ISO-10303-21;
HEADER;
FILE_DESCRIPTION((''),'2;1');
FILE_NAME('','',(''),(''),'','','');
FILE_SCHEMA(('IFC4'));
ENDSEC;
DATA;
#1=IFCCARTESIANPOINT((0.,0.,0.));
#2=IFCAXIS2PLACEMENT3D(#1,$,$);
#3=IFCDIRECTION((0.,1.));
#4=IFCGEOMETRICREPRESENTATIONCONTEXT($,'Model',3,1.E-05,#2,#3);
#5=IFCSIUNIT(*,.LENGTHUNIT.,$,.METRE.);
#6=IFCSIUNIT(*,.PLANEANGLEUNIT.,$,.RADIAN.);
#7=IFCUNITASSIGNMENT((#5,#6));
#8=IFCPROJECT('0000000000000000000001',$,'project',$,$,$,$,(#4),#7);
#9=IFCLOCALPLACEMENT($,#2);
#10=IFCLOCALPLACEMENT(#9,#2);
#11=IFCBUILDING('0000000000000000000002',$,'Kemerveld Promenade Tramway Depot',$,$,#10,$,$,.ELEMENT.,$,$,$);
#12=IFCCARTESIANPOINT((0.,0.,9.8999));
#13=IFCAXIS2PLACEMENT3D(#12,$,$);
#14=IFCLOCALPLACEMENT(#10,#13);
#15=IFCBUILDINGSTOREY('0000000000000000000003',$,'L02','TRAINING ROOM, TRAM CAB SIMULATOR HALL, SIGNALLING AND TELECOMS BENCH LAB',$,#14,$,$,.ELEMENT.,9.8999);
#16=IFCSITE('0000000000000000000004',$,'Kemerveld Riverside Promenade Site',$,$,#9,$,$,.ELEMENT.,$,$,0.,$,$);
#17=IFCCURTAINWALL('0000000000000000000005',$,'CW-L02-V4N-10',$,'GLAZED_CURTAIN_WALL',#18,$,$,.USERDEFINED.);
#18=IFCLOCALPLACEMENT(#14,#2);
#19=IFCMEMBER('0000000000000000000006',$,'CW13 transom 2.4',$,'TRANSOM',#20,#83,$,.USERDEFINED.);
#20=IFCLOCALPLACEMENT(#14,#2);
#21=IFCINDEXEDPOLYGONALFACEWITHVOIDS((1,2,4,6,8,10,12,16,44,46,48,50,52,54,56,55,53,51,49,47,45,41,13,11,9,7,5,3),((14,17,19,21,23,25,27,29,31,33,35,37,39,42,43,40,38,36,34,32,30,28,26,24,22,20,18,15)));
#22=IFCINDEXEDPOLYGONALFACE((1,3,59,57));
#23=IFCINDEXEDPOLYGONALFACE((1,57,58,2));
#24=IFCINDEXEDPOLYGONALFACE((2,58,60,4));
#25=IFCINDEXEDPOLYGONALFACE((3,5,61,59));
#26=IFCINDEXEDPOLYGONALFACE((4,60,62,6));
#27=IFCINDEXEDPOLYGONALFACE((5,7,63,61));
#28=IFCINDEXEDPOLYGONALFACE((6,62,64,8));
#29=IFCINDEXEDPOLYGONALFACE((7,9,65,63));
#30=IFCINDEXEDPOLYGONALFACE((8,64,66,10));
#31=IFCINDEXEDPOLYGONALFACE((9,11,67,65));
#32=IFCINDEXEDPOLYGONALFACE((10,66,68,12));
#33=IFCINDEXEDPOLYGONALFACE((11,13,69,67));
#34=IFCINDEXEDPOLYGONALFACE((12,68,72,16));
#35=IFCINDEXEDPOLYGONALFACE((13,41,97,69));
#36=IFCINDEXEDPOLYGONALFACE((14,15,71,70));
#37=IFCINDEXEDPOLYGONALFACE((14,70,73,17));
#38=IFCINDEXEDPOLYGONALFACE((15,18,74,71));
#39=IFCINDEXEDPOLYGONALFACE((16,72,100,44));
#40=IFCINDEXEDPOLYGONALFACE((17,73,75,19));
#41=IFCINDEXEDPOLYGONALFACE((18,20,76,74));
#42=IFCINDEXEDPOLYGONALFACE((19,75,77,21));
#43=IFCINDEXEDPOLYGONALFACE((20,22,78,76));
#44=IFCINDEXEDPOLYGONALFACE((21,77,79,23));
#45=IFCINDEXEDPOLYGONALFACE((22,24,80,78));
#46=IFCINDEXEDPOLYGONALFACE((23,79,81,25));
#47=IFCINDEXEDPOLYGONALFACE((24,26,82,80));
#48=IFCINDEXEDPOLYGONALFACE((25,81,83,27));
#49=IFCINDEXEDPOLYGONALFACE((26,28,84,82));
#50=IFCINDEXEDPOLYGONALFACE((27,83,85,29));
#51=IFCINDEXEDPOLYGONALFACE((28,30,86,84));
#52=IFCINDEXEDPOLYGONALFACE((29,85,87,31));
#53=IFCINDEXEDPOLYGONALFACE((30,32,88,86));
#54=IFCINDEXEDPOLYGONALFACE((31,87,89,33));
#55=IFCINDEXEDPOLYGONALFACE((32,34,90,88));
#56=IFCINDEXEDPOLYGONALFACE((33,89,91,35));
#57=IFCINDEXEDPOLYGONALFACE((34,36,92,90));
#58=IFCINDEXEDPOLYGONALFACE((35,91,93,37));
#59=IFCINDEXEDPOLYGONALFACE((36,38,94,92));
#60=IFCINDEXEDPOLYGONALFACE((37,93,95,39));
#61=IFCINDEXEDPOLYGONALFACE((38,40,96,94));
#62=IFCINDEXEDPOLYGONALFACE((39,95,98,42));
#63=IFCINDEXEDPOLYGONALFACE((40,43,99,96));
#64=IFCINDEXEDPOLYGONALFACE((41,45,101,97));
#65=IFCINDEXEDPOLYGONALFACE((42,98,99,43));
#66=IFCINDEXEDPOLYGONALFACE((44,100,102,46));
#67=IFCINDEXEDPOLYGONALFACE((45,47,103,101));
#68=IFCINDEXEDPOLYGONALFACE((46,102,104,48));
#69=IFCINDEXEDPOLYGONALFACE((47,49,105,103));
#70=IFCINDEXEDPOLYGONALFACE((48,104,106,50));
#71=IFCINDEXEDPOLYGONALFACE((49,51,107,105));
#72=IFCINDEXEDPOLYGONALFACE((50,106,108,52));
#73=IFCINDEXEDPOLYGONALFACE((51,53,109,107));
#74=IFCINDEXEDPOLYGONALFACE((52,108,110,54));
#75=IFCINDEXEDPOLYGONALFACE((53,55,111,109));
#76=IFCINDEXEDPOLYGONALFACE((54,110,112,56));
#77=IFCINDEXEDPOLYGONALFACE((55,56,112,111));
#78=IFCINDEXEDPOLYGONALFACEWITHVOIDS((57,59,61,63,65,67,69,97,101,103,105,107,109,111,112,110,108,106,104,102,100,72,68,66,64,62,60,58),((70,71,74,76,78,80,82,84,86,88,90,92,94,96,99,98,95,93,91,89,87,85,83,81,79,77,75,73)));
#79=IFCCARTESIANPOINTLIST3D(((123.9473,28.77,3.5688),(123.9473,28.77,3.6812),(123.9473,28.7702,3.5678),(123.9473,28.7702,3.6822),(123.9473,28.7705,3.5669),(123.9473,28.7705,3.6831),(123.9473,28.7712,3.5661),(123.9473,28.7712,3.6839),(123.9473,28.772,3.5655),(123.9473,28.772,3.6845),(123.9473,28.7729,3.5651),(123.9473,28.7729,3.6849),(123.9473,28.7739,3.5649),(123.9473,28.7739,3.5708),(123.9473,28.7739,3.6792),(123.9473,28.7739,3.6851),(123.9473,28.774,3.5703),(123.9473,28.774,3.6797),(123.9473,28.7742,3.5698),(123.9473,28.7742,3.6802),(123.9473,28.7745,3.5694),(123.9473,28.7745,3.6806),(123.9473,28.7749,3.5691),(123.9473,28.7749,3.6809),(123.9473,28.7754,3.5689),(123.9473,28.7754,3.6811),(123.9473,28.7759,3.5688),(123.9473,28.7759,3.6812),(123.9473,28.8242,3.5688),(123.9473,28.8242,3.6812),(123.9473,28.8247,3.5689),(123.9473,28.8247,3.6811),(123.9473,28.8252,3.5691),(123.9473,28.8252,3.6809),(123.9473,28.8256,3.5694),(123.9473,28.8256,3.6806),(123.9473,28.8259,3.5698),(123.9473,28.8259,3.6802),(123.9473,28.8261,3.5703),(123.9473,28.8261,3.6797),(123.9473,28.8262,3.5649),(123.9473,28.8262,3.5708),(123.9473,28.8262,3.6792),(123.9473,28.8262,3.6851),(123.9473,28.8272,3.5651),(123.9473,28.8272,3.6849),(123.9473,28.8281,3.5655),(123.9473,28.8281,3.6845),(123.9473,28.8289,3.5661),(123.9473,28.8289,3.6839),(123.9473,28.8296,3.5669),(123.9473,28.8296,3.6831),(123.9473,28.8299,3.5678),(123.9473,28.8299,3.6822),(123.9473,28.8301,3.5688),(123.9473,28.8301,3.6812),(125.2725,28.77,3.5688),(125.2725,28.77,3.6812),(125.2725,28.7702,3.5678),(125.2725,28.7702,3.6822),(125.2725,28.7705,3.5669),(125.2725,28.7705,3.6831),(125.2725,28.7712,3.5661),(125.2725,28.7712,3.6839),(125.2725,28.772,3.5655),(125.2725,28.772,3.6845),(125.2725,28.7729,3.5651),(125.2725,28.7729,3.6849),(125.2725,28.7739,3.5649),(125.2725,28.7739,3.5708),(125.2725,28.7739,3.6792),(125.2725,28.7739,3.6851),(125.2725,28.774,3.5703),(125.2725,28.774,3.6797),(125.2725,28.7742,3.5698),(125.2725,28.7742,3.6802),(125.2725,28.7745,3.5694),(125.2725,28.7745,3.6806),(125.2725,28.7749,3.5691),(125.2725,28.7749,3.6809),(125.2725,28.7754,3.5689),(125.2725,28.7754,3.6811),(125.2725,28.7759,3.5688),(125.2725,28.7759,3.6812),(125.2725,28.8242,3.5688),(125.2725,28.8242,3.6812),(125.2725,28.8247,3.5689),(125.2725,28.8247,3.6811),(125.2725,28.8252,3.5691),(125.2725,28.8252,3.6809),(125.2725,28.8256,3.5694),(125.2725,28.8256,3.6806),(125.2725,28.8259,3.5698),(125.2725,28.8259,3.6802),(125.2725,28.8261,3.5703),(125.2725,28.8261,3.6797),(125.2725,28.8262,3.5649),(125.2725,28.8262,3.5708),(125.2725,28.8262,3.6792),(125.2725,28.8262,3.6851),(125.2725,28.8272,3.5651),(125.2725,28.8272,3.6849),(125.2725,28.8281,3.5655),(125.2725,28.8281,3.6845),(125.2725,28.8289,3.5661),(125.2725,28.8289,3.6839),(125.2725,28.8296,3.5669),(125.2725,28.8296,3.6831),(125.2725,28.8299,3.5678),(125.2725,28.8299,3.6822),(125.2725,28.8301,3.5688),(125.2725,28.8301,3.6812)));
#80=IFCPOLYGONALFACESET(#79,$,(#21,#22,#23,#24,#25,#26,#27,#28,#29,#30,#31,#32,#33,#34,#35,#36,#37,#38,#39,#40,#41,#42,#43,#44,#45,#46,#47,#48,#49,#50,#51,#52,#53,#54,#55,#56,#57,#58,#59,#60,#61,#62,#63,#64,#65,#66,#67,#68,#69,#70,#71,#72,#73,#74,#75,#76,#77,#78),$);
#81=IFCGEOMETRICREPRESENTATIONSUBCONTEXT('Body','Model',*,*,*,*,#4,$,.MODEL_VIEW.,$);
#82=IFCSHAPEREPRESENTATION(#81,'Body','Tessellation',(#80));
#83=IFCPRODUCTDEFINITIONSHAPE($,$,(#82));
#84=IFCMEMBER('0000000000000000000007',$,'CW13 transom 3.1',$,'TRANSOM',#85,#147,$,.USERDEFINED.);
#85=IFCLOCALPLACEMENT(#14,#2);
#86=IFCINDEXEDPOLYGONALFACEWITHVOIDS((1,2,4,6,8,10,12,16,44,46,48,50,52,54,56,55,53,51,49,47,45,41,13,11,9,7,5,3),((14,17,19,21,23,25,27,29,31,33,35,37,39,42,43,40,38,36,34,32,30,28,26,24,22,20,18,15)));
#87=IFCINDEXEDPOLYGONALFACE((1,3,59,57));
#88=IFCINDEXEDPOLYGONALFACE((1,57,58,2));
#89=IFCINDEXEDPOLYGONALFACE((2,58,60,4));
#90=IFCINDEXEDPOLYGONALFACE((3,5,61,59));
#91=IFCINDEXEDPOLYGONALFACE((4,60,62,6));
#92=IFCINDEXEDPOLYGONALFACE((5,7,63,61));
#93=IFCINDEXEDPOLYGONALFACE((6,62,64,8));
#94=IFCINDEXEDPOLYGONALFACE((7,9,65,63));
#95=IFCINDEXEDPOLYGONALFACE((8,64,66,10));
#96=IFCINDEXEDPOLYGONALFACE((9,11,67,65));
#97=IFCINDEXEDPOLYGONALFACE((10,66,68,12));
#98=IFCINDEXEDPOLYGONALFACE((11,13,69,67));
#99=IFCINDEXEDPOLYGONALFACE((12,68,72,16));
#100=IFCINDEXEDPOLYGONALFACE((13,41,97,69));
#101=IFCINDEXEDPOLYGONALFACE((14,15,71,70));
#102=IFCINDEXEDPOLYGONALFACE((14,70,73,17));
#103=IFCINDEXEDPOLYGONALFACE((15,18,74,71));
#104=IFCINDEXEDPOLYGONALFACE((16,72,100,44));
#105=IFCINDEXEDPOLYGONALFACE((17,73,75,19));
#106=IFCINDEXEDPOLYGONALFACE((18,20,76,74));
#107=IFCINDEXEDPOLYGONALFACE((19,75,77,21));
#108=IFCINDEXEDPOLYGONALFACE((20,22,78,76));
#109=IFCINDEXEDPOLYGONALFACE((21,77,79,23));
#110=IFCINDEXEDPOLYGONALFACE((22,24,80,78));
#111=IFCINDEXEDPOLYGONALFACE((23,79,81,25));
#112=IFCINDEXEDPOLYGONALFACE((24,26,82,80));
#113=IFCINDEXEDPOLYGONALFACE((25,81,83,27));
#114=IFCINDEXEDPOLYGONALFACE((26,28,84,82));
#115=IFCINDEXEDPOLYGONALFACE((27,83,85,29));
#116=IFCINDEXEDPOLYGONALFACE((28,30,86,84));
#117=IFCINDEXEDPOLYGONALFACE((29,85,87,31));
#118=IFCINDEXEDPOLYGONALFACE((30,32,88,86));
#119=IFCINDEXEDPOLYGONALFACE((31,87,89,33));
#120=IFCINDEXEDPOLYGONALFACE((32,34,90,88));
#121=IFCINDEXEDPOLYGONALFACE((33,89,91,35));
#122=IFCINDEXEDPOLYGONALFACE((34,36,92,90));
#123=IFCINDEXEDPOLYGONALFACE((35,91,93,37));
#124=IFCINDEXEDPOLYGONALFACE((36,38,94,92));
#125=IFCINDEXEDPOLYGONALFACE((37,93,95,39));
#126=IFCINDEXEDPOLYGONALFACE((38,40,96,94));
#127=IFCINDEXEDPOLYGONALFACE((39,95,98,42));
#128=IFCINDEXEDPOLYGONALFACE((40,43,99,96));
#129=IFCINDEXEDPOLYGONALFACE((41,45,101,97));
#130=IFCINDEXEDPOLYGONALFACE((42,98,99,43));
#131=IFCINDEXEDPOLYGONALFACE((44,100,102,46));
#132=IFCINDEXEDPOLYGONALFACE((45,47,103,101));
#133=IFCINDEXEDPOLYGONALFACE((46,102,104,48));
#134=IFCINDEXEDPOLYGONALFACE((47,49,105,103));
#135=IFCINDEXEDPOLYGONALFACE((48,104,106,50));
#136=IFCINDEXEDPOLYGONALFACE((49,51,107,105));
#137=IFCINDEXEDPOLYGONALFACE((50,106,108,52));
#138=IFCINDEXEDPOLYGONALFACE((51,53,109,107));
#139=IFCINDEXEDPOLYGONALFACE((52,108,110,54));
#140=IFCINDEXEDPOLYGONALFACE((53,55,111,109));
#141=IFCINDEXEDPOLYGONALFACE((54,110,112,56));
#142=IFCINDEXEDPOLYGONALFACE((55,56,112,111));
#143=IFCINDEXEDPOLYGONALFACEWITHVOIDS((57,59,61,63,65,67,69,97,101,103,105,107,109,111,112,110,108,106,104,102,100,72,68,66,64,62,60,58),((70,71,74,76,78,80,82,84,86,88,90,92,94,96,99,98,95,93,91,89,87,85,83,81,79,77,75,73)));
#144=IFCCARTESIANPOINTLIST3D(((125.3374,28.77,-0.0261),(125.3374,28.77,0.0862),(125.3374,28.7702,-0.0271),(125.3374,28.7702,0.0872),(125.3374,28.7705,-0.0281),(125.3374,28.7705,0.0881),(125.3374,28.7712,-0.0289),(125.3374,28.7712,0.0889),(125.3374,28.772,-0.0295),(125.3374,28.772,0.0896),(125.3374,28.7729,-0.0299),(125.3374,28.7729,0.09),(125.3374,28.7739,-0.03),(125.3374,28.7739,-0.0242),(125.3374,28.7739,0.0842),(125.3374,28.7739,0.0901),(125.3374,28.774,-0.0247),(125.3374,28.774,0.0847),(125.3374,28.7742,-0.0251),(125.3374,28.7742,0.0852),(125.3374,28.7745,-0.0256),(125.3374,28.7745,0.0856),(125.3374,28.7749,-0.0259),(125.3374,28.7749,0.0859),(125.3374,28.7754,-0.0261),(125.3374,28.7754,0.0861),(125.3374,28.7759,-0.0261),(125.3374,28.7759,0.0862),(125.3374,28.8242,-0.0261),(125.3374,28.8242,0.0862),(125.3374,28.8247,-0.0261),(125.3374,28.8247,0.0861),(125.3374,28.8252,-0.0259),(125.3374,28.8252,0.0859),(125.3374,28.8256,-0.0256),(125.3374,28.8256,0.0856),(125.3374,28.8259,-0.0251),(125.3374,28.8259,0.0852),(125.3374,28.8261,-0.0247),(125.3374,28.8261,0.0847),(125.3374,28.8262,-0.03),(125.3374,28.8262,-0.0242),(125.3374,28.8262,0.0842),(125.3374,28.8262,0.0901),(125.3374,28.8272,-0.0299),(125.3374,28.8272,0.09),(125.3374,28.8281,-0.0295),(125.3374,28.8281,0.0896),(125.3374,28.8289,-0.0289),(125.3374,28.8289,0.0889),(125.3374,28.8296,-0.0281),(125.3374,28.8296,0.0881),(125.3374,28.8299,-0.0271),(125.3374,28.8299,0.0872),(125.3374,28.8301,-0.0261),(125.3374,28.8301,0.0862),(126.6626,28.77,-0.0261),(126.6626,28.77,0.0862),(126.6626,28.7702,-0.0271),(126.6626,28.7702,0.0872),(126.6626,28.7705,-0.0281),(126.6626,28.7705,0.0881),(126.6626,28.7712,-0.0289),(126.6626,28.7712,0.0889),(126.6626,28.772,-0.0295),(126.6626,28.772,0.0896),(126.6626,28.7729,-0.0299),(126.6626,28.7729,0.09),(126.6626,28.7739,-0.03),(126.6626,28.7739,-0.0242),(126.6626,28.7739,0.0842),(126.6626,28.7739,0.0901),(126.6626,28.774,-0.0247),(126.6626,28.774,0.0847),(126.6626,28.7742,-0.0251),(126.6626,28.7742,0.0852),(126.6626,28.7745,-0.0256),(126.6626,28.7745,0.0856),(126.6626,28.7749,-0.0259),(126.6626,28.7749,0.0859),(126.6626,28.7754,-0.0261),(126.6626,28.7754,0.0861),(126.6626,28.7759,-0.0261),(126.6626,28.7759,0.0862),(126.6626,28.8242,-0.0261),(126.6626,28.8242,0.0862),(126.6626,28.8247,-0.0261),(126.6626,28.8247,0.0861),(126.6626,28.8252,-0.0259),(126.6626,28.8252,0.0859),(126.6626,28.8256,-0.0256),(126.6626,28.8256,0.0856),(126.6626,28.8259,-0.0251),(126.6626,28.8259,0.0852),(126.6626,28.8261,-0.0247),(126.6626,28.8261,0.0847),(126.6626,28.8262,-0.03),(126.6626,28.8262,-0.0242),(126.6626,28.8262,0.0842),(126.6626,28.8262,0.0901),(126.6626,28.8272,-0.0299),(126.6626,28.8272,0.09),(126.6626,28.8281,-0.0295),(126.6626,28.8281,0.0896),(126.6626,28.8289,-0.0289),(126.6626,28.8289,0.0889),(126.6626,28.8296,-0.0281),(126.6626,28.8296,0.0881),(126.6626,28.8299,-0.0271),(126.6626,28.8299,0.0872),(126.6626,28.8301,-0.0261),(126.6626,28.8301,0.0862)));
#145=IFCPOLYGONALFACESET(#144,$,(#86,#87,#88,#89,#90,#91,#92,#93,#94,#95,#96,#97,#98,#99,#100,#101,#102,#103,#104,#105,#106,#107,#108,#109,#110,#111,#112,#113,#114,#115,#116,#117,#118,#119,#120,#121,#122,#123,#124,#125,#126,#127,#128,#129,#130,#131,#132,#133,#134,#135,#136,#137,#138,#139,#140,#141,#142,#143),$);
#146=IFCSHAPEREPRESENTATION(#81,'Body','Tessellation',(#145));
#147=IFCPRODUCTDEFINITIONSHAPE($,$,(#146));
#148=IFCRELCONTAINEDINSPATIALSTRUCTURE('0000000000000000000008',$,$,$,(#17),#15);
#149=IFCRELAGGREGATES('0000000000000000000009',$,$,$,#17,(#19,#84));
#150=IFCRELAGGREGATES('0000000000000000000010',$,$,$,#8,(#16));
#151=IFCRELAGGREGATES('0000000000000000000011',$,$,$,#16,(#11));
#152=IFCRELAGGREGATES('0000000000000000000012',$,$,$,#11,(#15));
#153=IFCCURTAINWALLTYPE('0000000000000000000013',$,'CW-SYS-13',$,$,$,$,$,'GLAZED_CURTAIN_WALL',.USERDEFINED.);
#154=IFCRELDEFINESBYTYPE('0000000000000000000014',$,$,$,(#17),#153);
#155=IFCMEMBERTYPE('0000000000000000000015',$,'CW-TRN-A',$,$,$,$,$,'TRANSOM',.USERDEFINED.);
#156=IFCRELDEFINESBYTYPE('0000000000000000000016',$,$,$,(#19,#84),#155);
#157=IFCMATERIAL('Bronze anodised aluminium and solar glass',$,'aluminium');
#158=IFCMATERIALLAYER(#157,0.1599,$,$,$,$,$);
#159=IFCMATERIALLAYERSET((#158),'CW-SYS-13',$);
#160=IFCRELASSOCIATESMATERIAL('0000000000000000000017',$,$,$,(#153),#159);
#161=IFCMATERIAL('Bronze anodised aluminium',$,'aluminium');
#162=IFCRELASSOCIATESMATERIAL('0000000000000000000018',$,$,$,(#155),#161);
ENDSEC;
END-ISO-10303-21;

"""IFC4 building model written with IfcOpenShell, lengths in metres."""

from ifc_helpers import new_model, si_unit, direction, frame, origin, origin_2d, place, context, subcontext, project, spatial, hollow_rectangle, extrude, material, layer, layer_set, material_profile, profile_set, type_object, element, aggregate, save


model = new_model("IFC4")

# Units and contexts
model_context = context("Model", 3, precision=1e-05, world=origin(), true_north=direction((0.0, 1.0)))
body_context = subcontext(model_context, "Body", "Model", "MODEL_VIEW")
ifc_project = project(units=[si_unit("LENGTHUNIT", "METRE"), si_unit("PLANEANGLEUNIT", "RADIAN")], contexts=[model_context])

# Site, building, storey
site_placement = place(None, origin())
site = spatial("IfcSite", under=ifc_project, at=site_placement, Name="Kemerveld Riverside Promenade Site", CompositionType="ELEMENT", RefElevation=0.0)
building_placement = place(site_placement, origin())
building = spatial("IfcBuilding", under=site, at=building_placement, Name="Kemerveld Promenade Tramway Depot", CompositionType="ELEMENT")
storey_placement = place(building_placement, frame((0.0, 0.0, 9.8999)))
storey = spatial("IfcBuildingStorey", under=building, at=storey_placement, Name="L02", Description="TRAINING ROOM, TRAM CAB SIMULATOR HALL, SIGNALLING AND TELECOMS BENCH LAB", CompositionType="ELEMENT", Elevation=9.8999)

# Curtain wall, members
ifc_material_1 = material(Name="Bronze anodised aluminium and solar glass", Category="aluminium")
ifc_layer_1 = layer(ifc_material_1, 0.1599)
ifc_layer_set_1 = layer_set([ifc_layer_1], Name="CW-SYS-13")
curtain_wall_type = type_object("IfcCurtainWallType", Name="CW-SYS-13", ElementType="GLAZED_CURTAIN_WALL", PredefinedType="USERDEFINED", material=ifc_layer_set_1)
curtain_wall_placement = place(storey_placement, origin())
curtain_wall = element("IfcCurtainWall", 1, at=curtain_wall_placement, inside=storey, type_object=curtain_wall_type, Name="CW-L02-V4N-10", ObjectType="GLAZED_CURTAIN_WALL", PredefinedType="USERDEFINED")
ifc_material_2 = material(Name="Bronze anodised aluminium", Category="aluminium")
ifc_material_profile_1 = material_profile(ifc_material_2, hollow_rectangle(XDim=0.0601, YDim=0.1201, WallThickness=0.0039, InnerFilletRadius=0.002, OuterFilletRadius=0.0039, at=origin_2d()), Name="CW-TRN-120x60")
ifc_profile_set_1 = profile_set([ifc_material_profile_1], Name="Bronze anodised aluminium")
member_type_1 = type_object("IfcMemberType", Name="CW-TRN-A", ElementType="TRANSOM", PredefinedType="USERDEFINED", material=ifc_profile_set_1)
member_1_placement = place(storey_placement, frame((123.9473, 28.8, 3.625), z_axis=(1.0, 0.0, 0.0), x_axis=(0.0, 1.0, 0.0)))
member_1 = element("IfcMember", 2, at=member_1_placement, type_object=member_type_1, Name="CW13 transom 2.4", ObjectType="TRANSOM", PredefinedType="USERDEFINED", context=body_context, shape_type="SweptSolid", body=[
    extrude(hollow_rectangle(XDim=0.0601, YDim=0.1201, WallThickness=0.0039, InnerFilletRadius=0.002, OuterFilletRadius=0.0039, at=origin_2d()), origin(), (0.0, 0.0, 1.0), 1.3252),
])
member_2_placement = place(storey_placement, frame((125.3374, 28.8, 0.03), z_axis=(1.0, 0.0, 0.0), x_axis=(0.0, 1.0, 0.0)))
member_2 = element("IfcMember", 3, at=member_2_placement, type_object=member_type_1, Name="CW13 transom 3.1", ObjectType="TRANSOM", PredefinedType="USERDEFINED", context=body_context, shape_type="SweptSolid", body=[
    extrude(hollow_rectangle(XDim=0.0601, YDim=0.1201, WallThickness=0.0039, InnerFilletRadius=0.002, OuterFilletRadius=0.0039, at=origin_2d()), origin(), (0.0, 0.0, 1.0), 1.3252),
])
aggregate(curtain_wall, [member_1, member_2])

save(model, "model.ifc")
